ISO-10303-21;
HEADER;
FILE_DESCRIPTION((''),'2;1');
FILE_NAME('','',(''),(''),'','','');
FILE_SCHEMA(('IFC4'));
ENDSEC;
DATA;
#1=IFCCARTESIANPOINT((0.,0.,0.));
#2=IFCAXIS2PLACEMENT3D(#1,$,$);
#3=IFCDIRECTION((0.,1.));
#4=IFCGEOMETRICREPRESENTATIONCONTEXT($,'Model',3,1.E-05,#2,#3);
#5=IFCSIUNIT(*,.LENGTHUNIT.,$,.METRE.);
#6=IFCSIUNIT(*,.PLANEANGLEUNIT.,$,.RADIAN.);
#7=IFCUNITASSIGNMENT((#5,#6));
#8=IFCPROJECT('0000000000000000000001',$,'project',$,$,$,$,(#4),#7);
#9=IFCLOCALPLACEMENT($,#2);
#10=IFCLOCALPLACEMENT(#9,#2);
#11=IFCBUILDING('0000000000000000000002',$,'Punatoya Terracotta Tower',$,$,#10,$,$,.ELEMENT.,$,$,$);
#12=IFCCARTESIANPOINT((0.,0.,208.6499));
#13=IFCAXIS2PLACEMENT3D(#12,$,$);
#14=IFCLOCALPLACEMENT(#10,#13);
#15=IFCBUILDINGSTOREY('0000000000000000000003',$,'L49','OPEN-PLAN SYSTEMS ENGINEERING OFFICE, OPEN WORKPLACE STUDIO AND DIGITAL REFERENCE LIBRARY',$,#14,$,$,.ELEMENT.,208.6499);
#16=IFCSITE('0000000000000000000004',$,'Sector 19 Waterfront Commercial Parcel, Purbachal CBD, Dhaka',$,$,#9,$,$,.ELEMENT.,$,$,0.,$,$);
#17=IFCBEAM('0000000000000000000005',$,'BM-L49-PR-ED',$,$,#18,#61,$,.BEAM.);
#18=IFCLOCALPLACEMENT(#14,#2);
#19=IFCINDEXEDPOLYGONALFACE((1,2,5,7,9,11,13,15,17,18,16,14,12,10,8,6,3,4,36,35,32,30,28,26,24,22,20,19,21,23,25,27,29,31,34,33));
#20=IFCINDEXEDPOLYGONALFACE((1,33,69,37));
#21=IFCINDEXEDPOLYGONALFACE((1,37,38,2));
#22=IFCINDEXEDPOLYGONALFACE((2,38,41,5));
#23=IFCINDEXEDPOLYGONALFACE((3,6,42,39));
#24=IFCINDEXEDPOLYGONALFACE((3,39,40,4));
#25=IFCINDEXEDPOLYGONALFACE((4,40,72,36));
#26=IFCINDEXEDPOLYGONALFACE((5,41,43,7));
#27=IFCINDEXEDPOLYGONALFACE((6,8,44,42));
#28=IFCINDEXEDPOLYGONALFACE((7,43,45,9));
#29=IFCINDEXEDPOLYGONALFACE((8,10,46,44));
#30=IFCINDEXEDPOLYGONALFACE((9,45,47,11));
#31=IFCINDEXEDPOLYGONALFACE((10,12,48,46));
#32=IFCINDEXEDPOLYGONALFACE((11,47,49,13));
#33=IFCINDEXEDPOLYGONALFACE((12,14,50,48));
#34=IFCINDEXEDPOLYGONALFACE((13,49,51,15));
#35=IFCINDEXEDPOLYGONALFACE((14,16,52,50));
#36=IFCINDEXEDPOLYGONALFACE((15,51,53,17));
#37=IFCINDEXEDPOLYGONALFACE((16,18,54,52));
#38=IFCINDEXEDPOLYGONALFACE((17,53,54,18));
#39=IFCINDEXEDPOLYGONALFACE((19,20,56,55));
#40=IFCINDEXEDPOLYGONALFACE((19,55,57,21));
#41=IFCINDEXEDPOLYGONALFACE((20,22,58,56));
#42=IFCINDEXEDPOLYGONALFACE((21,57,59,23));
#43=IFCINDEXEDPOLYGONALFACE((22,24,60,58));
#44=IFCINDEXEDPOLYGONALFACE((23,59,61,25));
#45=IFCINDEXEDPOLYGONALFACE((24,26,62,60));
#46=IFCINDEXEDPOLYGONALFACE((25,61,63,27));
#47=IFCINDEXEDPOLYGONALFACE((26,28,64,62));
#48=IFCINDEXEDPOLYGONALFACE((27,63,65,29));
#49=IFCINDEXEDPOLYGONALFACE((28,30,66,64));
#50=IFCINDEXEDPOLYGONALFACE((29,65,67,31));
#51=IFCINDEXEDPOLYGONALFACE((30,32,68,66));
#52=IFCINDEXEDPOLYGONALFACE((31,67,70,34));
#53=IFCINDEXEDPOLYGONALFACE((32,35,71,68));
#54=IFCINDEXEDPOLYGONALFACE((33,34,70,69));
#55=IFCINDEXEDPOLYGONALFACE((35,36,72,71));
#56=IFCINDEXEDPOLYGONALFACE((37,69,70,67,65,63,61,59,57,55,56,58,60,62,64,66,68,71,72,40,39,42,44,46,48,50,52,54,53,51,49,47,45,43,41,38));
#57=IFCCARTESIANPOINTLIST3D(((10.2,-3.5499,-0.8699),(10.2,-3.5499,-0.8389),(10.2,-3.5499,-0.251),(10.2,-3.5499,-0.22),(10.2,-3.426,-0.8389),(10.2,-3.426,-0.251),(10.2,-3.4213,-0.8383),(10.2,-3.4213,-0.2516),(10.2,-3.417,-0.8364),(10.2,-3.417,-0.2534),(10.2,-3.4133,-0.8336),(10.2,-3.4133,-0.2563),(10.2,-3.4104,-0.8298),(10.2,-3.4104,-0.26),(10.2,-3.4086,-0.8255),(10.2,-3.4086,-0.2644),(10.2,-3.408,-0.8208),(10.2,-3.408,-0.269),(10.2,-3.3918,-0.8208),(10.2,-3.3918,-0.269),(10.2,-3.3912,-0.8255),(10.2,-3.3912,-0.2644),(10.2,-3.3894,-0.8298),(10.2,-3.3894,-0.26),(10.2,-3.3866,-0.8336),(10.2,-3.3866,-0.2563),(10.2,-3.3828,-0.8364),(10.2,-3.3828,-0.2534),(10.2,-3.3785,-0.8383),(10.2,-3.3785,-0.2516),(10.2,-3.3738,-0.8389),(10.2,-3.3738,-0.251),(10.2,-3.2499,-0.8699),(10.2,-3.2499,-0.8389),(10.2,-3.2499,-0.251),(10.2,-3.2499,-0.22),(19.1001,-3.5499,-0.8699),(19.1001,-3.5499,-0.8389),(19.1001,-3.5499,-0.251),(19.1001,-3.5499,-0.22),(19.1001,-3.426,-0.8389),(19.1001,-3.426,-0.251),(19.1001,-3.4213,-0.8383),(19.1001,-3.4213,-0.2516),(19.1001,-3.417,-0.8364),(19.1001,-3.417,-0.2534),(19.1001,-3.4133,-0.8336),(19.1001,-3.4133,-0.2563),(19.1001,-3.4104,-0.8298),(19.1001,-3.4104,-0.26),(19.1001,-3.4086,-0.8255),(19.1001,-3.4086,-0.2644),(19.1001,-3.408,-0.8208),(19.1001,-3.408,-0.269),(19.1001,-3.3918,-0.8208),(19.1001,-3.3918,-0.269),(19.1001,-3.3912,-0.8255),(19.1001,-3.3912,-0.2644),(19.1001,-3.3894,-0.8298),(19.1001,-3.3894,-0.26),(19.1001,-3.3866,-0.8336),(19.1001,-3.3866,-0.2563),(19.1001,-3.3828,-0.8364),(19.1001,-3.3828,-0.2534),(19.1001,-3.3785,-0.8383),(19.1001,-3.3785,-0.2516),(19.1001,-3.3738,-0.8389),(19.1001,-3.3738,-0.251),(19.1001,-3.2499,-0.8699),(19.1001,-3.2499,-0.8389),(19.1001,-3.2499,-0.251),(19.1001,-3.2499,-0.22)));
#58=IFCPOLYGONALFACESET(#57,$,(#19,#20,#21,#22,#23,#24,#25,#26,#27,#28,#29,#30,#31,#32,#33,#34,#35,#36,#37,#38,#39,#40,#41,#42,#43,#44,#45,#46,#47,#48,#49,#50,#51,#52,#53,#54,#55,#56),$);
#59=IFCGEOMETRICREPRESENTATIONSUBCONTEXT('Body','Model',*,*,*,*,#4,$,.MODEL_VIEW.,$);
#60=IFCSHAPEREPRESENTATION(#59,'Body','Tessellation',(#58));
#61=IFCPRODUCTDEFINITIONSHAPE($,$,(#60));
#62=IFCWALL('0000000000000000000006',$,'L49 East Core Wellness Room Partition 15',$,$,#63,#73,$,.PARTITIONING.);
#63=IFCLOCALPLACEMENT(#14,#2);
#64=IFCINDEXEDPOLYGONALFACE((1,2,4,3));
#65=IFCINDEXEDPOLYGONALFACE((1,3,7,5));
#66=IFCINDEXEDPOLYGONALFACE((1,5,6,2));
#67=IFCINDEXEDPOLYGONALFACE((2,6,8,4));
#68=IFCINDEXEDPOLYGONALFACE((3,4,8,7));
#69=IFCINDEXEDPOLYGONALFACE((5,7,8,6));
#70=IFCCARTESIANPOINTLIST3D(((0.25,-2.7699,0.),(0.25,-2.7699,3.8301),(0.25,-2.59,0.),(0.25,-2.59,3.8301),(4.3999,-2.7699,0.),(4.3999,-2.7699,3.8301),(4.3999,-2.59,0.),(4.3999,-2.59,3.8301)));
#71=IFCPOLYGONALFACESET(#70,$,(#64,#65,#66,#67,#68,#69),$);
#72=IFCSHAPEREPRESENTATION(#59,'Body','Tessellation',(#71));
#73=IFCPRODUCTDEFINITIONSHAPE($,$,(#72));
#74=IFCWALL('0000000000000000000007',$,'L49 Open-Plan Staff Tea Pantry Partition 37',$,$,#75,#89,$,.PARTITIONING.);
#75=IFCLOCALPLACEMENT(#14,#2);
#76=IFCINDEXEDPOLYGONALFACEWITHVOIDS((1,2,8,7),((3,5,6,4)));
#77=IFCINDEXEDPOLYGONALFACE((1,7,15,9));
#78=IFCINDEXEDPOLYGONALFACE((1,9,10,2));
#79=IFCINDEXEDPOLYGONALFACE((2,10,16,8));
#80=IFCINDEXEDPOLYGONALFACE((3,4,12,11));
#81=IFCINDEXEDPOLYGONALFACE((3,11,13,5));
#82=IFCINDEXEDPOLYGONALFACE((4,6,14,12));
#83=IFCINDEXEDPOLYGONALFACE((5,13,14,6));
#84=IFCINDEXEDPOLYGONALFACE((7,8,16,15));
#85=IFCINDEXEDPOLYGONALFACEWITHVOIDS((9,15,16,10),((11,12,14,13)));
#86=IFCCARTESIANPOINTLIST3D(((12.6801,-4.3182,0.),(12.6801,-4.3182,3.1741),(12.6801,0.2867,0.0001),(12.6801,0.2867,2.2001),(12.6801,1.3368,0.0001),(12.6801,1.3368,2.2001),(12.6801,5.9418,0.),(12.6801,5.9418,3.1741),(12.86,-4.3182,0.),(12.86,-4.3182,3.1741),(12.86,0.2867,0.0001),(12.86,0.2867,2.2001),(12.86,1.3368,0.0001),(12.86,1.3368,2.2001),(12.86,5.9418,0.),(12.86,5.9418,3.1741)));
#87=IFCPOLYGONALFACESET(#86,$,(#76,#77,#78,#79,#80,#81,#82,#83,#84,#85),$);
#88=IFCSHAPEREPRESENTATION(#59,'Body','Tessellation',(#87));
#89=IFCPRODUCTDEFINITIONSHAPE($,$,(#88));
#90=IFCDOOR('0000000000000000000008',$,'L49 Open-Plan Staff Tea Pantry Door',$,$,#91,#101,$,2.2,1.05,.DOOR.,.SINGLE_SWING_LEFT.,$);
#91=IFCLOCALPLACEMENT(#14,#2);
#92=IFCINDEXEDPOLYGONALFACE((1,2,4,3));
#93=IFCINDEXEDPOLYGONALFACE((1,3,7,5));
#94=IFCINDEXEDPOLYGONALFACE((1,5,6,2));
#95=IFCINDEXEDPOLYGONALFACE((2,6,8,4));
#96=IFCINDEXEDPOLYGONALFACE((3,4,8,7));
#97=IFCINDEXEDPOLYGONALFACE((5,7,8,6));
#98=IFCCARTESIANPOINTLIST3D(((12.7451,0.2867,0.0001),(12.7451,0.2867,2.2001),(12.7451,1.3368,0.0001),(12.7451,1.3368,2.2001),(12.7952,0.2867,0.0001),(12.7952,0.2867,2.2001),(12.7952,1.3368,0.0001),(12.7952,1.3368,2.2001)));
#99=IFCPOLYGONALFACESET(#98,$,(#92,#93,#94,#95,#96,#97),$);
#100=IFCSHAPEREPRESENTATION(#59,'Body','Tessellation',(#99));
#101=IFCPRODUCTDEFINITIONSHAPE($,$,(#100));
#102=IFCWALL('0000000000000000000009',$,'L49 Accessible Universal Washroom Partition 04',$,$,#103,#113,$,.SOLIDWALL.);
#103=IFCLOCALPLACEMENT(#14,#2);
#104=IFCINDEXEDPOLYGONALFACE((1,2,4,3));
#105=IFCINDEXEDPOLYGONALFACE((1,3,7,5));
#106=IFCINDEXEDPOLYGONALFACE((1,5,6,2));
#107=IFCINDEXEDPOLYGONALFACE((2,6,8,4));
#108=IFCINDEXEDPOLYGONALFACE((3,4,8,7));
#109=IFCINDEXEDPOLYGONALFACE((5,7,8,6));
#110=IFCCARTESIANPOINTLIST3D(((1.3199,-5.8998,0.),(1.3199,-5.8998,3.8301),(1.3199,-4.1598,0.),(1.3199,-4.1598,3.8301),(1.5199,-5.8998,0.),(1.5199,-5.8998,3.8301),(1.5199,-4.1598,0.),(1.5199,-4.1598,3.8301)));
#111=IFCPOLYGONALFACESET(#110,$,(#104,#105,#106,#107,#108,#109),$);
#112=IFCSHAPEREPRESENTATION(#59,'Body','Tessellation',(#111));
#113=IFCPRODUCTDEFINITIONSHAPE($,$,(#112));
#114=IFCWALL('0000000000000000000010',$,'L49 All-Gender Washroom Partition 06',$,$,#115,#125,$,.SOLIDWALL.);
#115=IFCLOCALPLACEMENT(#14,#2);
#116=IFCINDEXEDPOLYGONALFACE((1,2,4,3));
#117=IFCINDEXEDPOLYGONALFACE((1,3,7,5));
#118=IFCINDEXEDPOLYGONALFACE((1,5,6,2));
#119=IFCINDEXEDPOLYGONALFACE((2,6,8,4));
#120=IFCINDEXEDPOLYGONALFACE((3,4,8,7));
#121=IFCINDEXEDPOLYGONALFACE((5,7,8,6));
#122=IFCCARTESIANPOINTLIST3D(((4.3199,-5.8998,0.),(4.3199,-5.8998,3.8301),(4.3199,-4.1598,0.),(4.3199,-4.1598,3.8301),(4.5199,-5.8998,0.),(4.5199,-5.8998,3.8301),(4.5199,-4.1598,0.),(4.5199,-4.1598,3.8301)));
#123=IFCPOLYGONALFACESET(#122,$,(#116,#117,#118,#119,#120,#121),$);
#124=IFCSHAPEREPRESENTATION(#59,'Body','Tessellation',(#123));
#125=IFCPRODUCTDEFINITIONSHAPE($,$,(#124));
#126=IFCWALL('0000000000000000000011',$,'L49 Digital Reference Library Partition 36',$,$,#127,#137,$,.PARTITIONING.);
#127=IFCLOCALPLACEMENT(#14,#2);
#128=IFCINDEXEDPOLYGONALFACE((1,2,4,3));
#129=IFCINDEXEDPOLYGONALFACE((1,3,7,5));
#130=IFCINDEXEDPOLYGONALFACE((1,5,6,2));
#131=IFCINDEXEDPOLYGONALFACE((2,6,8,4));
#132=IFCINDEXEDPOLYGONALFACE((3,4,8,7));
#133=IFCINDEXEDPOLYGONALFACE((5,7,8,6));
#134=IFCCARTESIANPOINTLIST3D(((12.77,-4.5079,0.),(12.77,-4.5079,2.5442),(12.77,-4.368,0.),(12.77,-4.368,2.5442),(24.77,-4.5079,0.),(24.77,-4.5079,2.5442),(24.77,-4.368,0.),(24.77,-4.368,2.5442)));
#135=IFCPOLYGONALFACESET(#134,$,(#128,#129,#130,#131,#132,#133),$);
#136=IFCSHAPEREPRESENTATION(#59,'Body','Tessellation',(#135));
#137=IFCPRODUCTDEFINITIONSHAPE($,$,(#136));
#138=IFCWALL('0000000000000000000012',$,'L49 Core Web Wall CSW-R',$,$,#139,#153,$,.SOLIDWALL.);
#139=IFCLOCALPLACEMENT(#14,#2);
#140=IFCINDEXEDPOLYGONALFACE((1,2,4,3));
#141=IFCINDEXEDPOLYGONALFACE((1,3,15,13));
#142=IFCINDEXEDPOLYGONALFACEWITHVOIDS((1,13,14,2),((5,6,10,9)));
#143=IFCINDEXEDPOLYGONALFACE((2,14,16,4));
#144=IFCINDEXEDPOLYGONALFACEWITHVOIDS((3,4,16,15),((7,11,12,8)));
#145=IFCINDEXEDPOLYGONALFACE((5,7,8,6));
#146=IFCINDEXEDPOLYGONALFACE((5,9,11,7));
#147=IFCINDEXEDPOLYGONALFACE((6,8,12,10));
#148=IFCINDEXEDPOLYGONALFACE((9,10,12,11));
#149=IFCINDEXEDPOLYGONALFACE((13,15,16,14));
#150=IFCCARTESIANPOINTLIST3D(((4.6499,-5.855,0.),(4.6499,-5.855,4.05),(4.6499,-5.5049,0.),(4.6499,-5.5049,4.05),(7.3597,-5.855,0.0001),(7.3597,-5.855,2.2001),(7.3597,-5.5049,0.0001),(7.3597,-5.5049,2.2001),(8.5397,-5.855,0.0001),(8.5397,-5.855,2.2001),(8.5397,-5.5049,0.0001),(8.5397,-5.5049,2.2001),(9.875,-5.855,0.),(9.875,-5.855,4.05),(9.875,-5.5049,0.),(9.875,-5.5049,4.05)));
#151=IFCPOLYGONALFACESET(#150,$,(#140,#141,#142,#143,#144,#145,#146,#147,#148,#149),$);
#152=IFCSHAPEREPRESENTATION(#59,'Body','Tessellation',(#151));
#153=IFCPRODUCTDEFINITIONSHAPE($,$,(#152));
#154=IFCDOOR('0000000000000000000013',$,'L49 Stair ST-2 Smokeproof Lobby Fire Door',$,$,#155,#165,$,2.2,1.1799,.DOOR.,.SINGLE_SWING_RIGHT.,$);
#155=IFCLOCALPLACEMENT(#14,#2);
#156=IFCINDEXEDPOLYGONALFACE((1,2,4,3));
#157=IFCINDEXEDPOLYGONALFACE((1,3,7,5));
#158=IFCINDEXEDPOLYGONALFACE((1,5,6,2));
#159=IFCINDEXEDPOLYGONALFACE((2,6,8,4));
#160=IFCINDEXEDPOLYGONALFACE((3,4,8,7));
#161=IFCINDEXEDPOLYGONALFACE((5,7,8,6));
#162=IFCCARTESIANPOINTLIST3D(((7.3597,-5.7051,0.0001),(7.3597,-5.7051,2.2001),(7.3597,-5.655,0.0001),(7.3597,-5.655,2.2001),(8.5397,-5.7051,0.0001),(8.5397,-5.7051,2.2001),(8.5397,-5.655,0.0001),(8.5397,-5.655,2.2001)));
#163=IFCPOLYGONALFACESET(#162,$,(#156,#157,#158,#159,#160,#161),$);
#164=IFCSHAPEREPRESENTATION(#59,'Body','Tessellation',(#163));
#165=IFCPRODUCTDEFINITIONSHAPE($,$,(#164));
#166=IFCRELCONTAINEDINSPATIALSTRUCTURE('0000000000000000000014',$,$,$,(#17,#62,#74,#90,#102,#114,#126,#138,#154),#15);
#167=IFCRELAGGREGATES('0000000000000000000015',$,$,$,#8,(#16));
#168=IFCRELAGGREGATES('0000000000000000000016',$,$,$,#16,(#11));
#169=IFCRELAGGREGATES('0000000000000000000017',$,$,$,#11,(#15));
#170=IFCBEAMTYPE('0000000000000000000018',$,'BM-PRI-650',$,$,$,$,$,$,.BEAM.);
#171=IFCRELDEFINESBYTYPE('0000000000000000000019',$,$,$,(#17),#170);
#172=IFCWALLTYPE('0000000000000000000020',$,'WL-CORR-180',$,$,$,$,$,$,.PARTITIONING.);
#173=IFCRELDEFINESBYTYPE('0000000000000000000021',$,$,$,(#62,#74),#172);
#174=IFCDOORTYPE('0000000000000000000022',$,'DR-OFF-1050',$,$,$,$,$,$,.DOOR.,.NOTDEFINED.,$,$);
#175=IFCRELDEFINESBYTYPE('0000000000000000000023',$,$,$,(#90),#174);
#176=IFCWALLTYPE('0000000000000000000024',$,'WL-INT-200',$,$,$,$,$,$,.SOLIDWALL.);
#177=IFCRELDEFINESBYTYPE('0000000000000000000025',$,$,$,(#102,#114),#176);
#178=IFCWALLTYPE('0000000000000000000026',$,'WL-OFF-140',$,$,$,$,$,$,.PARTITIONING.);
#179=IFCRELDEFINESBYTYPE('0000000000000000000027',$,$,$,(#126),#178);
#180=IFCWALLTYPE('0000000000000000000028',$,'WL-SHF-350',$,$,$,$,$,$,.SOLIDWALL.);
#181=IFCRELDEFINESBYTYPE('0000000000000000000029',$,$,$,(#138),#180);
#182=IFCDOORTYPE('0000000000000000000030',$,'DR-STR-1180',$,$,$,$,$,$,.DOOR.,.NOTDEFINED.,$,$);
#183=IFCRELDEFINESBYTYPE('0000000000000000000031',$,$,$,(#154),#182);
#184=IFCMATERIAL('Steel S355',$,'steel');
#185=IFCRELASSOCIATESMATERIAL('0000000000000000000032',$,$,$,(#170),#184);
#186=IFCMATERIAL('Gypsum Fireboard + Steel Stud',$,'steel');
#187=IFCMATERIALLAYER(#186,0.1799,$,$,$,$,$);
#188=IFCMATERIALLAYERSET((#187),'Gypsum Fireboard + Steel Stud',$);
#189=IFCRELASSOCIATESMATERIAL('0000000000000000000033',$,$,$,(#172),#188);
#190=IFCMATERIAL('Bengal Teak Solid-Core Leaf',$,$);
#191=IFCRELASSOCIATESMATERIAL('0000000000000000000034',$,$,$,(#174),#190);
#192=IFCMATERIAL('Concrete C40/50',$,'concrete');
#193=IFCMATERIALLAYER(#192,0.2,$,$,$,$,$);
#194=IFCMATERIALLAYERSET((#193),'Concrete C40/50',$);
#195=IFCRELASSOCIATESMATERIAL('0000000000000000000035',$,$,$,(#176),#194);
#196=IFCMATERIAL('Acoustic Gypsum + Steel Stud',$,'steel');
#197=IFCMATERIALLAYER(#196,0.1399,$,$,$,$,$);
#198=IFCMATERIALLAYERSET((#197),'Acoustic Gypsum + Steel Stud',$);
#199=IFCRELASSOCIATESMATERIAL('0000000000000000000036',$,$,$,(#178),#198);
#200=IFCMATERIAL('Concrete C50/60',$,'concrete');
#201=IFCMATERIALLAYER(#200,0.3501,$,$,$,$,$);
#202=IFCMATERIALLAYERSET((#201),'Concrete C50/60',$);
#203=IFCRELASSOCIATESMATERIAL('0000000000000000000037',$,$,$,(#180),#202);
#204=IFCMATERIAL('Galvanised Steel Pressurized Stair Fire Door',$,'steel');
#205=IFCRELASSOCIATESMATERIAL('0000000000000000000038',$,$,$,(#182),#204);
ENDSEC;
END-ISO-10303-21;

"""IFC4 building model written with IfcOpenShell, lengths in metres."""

from ifc_helpers import new_model, si_unit, direction, frame, frame_2d, origin, origin_2d, place, context, subcontext, project, spatial, rectangle, i_section, extrude, material, layer, layer_set, material_profile, profile_set, type_object, element, fill, save


model = new_model("IFC4")

# Units and contexts
model_context = context("Model", 3, precision=1e-05, world=origin(), true_north=direction((0.0, 1.0)))
body_context = subcontext(model_context, "Body", "Model", "MODEL_VIEW")
ifc_project = project(units=[si_unit("LENGTHUNIT", "METRE"), si_unit("PLANEANGLEUNIT", "RADIAN")], contexts=[model_context])

# Site, building, storey
site_placement = place(None, origin())
site = spatial("IfcSite", under=ifc_project, at=site_placement, Name="Sector 19 Waterfront Commercial Parcel, Purbachal CBD, Dhaka", CompositionType="ELEMENT", RefElevation=0.0)
building_placement = place(site_placement, origin())
building = spatial("IfcBuilding", under=site, at=building_placement, Name="Punatoya Terracotta Tower", CompositionType="ELEMENT")
storey_placement = place(building_placement, frame((0.0, 0.0, 208.6499)))
storey = spatial("IfcBuildingStorey", under=building, at=storey_placement, Name="L49", Description="OPEN-PLAN SYSTEMS ENGINEERING OFFICE, OPEN WORKPLACE STUDIO AND DIGITAL REFERENCE LIBRARY", CompositionType="ELEMENT", Elevation=208.6499)

# Beam
ifc_material_1 = material(Name="Steel S355", Category="steel")
ifc_material_profile = material_profile(ifc_material_1, i_section(OverallWidth=0.3, OverallDepth=0.6499, WebThickness=0.0161, FlangeThickness=0.031, FilletRadius=0.0181, at=origin_2d()))
ifc_profile_set = profile_set([ifc_material_profile], Name="Steel S355")
beam_type = type_object("IfcBeamType", Name="BM-PRI-650", PredefinedType="BEAM", material=ifc_profile_set)
beam_placement = place(storey_placement, frame((10.2, -3.3999, -0.5449), z_axis=(1.0, 0.0, 0.0), x_axis=(0.0, 1.0, 0.0)))
element("IfcBeam", 1, at=beam_placement, inside=storey, type_object=beam_type, Name="BM-L49-PR-ED", PredefinedType="BEAM", context=body_context, shape_type="SweptSolid", body=[
    extrude(i_section(OverallWidth=0.3, OverallDepth=0.6499, WebThickness=0.0161, FlangeThickness=0.031, FilletRadius=0.0181, at=origin_2d()), origin(), (0.0, 0.0, 1.0), 8.9001),
])

# Wall
ifc_material_2 = material(Name="Gypsum Fireboard + Steel Stud", Category="steel")
ifc_layer_1 = layer(ifc_material_2, 0.1799)
ifc_layer_set_1 = layer_set([ifc_layer_1], Name="Gypsum Fireboard + Steel Stud")
wall_type_1 = type_object("IfcWallType", Name="WL-CORR-180", PredefinedType="PARTITIONING", material=ifc_layer_set_1)
wall_1_placement = place(storey_placement, frame((0.25, -2.6799, 0.0), z_axis=(0.0, 0.0, 1.0), x_axis=(1.0, 0.0, 0.0)))
element("IfcWall", 2, at=wall_1_placement, inside=storey, type_object=wall_type_1, Name="L49 East Core Wellness Room Partition 15", PredefinedType="PARTITIONING", context=body_context, shape_type="SweptSolid", body=[
    extrude(rectangle(XDim=4.1499, YDim=0.1799, at=frame_2d((2.075, 0.0))), origin(), (0.0, 0.0, 1.0), 3.8301),
])

# Wall, opening, door
wall_2_placement = place(storey_placement, frame((12.77, -4.3181, 0.0), z_axis=(0.0, 0.0, 1.0), x_axis=(0.0, 1.0, 0.0)))
wall_2 = element("IfcWall", 3, at=wall_2_placement, inside=storey, type_object=wall_type_1, Name="L49 Open-Plan Staff Tea Pantry Partition 37", PredefinedType="PARTITIONING", context=body_context, shape_type="SweptSolid", body=[
    extrude(rectangle(XDim=10.26, YDim=0.1799, at=frame_2d((5.1299, 0.0))), origin(), (0.0, 0.0, 1.0), 3.1741),
])
opening_1_placement = place(wall_2_placement, frame((4.605, 0.0, 0.0)))
opening_1 = element("IfcOpeningElement", 4, at=opening_1_placement, cuts=wall_2, PredefinedType="OPENING", context=body_context, shape_type="SweptSolid", body=[
    extrude(rectangle(XDim=1.05, YDim=2.2, at=frame_2d((0.5249, 1.1001))), frame((0.0, 0.0999, 0.0), z_axis=(0.0, -1.0, 0.0), x_axis=(1.0, 0.0, 0.0)), (0.0, 0.0, 1.0), 0.2),
])
ifc_material_3 = material(Name="Bengal Teak Solid-Core Leaf")
door_type_1 = type_object("IfcDoorType", Name="DR-OFF-1050", OperationType="NOTDEFINED", PredefinedType="DOOR", material=ifc_material_3)
door_1_placement = place(opening_1_placement, origin())
door_1 = element("IfcDoor", 5, at=door_1_placement, inside=storey, type_object=door_type_1, Name="L49 Open-Plan Staff Tea Pantry Door", OperationType="SINGLE_SWING_LEFT", OverallHeight=2.2, OverallWidth=1.05, PredefinedType="DOOR", context=body_context, shape_type="SweptSolid", body=[
    extrude(rectangle(XDim=1.05, YDim=2.2, at=frame_2d((0.5249, 1.1001))), frame((0.0, 0.0249, 0.0), z_axis=(0.0, -1.0, 0.0), x_axis=(1.0, 0.0, 0.0)), (0.0, 0.0, 1.0), 0.05),
])
fill(opening_1, door_1)

# Wall
ifc_material_4 = material(Name="Concrete C40/50", Category="concrete")
ifc_layer_2 = layer(ifc_material_4, 0.2)
ifc_layer_set_2 = layer_set([ifc_layer_2], Name="Concrete C40/50")
wall_type_2 = type_object("IfcWallType", Name="WL-INT-200", PredefinedType="SOLIDWALL", material=ifc_layer_set_2)
wall_3_placement = place(storey_placement, frame((1.4199, -5.8999, 0.0), z_axis=(0.0, 0.0, 1.0), x_axis=(0.0, 1.0, 0.0)))
element("IfcWall", 6, at=wall_3_placement, inside=storey, type_object=wall_type_2, Name="L49 Accessible Universal Washroom Partition 04", PredefinedType="SOLIDWALL", context=body_context, shape_type="SweptSolid", body=[
    extrude(rectangle(XDim=1.74, YDim=0.2, at=frame_2d((0.8701, 0.0))), origin(), (0.0, 0.0, 1.0), 3.8301),
])

# Wall
wall_4_placement = place(storey_placement, frame((4.4199, -5.8999, 0.0), z_axis=(0.0, 0.0, 1.0), x_axis=(0.0, 1.0, 0.0)))
element("IfcWall", 7, at=wall_4_placement, inside=storey, type_object=wall_type_2, Name="L49 All-Gender Washroom Partition 06", PredefinedType="SOLIDWALL", context=body_context, shape_type="SweptSolid", body=[
    extrude(rectangle(XDim=1.74, YDim=0.2, at=frame_2d((0.8701, 0.0))), origin(), (0.0, 0.0, 1.0), 3.8301),
])

# Wall
ifc_material_5 = material(Name="Acoustic Gypsum + Steel Stud", Category="steel")
ifc_layer_3 = layer(ifc_material_5, 0.1399)
ifc_layer_set_3 = layer_set([ifc_layer_3], Name="Acoustic Gypsum + Steel Stud")
wall_type_3 = type_object("IfcWallType", Name="WL-OFF-140", PredefinedType="PARTITIONING", material=ifc_layer_set_3)
wall_5_placement = place(storey_placement, frame((12.77, -4.438, 0.0), z_axis=(0.0, 0.0, 1.0), x_axis=(1.0, 0.0, 0.0)))
element("IfcWall", 8, at=wall_5_placement, inside=storey, type_object=wall_type_3, Name="L49 Digital Reference Library Partition 36", PredefinedType="PARTITIONING", context=body_context, shape_type="SweptSolid", body=[
    extrude(rectangle(XDim=12.0, YDim=0.1399, at=frame_2d((6.0, 0.0))), origin(), (0.0, 0.0, 1.0), 2.5442),
])

# Wall, opening, door
ifc_material_6 = material(Name="Concrete C50/60", Category="concrete")
ifc_layer_4 = layer(ifc_material_6, 0.3501)
ifc_layer_set_4 = layer_set([ifc_layer_4], Name="Concrete C50/60")
wall_type_4 = type_object("IfcWallType", Name="WL-SHF-350", PredefinedType="SOLIDWALL", material=ifc_layer_set_4)
wall_6_placement = place(storey_placement, frame((4.6499, -5.6799, 0.0), z_axis=(0.0, 0.0, 1.0), x_axis=(1.0, 0.0, 0.0)))
wall_6 = element("IfcWall", 9, at=wall_6_placement, inside=storey, type_object=wall_type_4, Name="L49 Core Web Wall CSW-R", PredefinedType="SOLIDWALL", context=body_context, shape_type="SweptSolid", body=[
    extrude(rectangle(XDim=5.2251, YDim=0.3501, at=frame_2d((2.6125, 0.0))), origin(), (0.0, 0.0, 1.0), 4.05),
])
opening_2_placement = place(wall_6_placement, frame((2.71, 0.0, 0.0)))
opening_2 = element("IfcOpeningElement", 10, at=opening_2_placement, cuts=wall_6, PredefinedType="OPENING", context=body_context, shape_type="SweptSolid", body=[
    extrude(rectangle(XDim=1.1799, YDim=2.2, at=frame_2d((0.5898, 1.1001))), frame((0.0, 0.1851, 0.0), z_axis=(0.0, -1.0, 0.0), x_axis=(1.0, 0.0, 0.0)), (0.0, 0.0, 1.0), 0.3701),
])
ifc_material_7 = material(Name="Galvanised Steel Pressurized Stair Fire Door", Category="steel")
door_type_2 = type_object("IfcDoorType", Name="DR-STR-1180", OperationType="NOTDEFINED", PredefinedType="DOOR", material=ifc_material_7)
door_2_placement = place(opening_2_placement, origin())
door_2 = element("IfcDoor", 11, at=door_2_placement, inside=storey, type_object=door_type_2, Name="L49 Stair ST-2 Smokeproof Lobby Fire Door", OperationType="SINGLE_SWING_RIGHT", OverallHeight=2.2, OverallWidth=1.1799, PredefinedType="DOOR", context=body_context, shape_type="SweptSolid", body=[
    extrude(rectangle(XDim=1.1799, YDim=2.2, at=frame_2d((0.5898, 1.1001))), frame((0.0, 0.0249, 0.0), z_axis=(0.0, -1.0, 0.0), x_axis=(1.0, 0.0, 0.0)), (0.0, 0.0, 1.0), 0.05),
])
fill(opening_2, door_2)

save(model, "model.ifc")
